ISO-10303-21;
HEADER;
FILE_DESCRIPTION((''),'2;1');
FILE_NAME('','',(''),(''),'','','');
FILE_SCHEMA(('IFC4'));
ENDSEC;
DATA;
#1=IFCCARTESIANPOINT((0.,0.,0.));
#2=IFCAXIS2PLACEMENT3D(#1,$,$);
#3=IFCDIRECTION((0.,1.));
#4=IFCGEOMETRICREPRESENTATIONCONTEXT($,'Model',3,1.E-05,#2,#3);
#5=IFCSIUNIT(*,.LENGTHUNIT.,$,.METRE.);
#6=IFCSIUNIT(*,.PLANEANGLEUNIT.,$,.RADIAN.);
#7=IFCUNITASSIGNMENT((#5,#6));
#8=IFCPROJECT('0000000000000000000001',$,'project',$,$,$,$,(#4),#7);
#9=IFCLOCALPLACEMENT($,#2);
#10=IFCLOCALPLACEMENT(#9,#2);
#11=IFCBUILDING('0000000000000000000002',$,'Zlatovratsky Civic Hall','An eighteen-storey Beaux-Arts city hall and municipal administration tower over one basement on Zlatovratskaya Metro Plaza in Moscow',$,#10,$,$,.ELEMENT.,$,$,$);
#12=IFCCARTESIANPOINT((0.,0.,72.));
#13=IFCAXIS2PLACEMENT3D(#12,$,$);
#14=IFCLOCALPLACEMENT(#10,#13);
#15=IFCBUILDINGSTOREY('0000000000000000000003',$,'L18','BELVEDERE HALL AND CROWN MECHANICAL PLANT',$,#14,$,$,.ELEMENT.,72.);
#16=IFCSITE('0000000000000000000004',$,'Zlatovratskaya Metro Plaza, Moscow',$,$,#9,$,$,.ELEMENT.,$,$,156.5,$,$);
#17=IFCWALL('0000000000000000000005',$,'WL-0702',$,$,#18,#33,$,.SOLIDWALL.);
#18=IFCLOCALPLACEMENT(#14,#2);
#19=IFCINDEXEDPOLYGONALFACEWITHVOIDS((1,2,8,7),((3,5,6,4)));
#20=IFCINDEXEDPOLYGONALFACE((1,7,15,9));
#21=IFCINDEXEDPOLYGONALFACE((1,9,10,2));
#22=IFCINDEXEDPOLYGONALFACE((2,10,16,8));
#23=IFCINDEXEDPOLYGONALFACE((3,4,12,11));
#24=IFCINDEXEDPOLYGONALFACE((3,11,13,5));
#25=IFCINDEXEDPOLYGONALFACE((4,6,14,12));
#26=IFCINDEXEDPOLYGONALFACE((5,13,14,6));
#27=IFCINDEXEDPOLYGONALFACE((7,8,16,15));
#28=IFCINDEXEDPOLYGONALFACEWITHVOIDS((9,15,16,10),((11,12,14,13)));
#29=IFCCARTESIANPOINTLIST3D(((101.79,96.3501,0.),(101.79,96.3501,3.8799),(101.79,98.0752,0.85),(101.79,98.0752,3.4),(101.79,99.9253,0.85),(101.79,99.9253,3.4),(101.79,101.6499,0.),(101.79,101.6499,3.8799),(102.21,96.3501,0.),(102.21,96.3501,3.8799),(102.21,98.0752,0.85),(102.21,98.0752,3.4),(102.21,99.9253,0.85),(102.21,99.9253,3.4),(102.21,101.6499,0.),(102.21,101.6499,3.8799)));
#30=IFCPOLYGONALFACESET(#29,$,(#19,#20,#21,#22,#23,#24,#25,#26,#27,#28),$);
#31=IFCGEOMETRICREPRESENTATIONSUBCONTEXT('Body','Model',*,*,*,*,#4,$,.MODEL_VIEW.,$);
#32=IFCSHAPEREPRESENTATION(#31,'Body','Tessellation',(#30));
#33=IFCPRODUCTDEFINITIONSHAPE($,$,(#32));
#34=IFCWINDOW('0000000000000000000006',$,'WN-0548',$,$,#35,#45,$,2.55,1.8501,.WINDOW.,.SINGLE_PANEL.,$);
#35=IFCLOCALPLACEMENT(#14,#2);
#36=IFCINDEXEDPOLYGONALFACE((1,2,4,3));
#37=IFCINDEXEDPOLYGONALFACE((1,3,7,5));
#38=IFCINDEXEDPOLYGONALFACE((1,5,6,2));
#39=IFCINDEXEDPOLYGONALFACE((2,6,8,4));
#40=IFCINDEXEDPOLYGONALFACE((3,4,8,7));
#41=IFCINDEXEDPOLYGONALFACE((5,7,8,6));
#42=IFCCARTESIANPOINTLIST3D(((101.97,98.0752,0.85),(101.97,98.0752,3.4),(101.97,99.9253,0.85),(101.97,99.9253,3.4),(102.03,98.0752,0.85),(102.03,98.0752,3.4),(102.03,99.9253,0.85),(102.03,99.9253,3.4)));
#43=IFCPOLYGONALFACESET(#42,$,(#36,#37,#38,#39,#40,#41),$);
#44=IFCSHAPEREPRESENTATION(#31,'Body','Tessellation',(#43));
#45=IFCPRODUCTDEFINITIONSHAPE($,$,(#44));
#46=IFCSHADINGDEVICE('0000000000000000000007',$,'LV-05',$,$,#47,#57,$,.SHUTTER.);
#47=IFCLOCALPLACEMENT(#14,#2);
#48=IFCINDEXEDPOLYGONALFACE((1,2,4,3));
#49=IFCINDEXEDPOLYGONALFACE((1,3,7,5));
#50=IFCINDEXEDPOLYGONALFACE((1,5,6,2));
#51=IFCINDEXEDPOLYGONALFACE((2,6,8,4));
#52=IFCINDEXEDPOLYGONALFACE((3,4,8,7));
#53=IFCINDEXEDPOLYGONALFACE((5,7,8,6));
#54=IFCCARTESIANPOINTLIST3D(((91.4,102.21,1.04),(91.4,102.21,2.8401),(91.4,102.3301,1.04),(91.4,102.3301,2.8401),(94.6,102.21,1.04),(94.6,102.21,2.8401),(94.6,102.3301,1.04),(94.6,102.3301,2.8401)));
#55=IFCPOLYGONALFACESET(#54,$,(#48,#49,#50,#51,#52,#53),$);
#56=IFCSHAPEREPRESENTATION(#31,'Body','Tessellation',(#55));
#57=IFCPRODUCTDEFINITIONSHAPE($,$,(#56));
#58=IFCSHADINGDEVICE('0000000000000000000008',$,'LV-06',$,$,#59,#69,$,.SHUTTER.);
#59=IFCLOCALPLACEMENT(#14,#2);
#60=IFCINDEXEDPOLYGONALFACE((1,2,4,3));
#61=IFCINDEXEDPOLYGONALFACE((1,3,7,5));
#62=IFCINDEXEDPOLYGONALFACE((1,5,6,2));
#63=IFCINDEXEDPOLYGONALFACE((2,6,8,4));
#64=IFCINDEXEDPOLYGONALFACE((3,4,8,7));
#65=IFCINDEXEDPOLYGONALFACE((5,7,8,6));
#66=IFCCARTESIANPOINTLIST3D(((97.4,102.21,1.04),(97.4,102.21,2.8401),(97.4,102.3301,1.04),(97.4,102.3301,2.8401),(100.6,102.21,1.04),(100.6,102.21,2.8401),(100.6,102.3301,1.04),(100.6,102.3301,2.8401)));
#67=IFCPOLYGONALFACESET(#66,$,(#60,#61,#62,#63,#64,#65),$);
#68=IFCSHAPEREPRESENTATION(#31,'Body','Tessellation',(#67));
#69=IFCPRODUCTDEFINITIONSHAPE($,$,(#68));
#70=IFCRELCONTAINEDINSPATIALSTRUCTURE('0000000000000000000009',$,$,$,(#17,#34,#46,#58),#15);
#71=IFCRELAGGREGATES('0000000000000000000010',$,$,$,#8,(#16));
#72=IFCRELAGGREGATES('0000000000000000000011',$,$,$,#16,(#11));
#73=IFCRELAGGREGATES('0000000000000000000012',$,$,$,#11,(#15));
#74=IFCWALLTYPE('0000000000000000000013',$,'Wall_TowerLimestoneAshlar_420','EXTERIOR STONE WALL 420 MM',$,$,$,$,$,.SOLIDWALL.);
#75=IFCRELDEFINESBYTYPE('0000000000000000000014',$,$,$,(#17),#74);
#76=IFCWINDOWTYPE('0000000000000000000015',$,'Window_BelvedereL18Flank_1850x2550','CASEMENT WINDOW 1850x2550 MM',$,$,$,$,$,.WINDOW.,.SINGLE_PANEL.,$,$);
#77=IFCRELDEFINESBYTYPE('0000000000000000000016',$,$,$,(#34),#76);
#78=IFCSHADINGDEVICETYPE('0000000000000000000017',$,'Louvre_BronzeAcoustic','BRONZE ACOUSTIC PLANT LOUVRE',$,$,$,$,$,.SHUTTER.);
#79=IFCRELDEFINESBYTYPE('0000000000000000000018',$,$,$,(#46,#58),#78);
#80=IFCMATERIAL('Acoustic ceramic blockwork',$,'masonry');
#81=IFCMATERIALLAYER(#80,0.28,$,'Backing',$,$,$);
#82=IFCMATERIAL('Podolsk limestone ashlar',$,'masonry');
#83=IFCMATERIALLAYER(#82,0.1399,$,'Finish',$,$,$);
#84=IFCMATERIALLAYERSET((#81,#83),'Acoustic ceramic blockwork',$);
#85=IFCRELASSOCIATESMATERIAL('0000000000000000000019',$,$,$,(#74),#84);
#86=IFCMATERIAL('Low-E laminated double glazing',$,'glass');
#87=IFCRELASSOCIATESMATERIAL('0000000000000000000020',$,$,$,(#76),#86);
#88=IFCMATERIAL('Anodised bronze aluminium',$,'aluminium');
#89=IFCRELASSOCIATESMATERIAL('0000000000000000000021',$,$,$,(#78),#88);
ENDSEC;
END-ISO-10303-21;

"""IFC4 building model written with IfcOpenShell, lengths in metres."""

from ifc_helpers import new_model, si_unit, direction, frame, frame_2d, origin, origin_2d, place, context, subcontext, project, spatial, rectangle, extrude, material, layer, layer_set, type_object, element, fill, save


model = new_model("IFC4")

# Units and contexts
model_context = context("Model", 3, precision=1e-05, world=origin(), true_north=direction((0.0, 1.0)))
body_context = subcontext(model_context, "Body", "Model", "MODEL_VIEW")
ifc_project = project(units=[si_unit("LENGTHUNIT", "METRE"), si_unit("PLANEANGLEUNIT", "RADIAN")], contexts=[model_context])

# Site, building, storey
site_placement = place(None, origin())
site = spatial("IfcSite", under=ifc_project, at=site_placement, Name="Zlatovratskaya Metro Plaza, Moscow", CompositionType="ELEMENT", RefElevation=156.5)
building_placement = place(site_placement, origin())
building = spatial("IfcBuilding", under=site, at=building_placement, Name="Zlatovratsky Civic Hall", Description="An eighteen-storey Beaux-Arts city hall and municipal administration tower over one basement on Zlatovratskaya Metro Plaza in Moscow", CompositionType="ELEMENT")
storey_placement = place(building_placement, frame((0.0, 0.0, 72.0)))
storey = spatial("IfcBuildingStorey", under=building, at=storey_placement, Name="L18", Description="BELVEDERE HALL AND CROWN MECHANICAL PLANT", CompositionType="ELEMENT", Elevation=72.0)

# Shared definitions
ifc_material_1 = material(Name="Acoustic ceramic blockwork", Category="masonry")

# Shared definitions
ifc_layer_1 = layer(ifc_material_1, 0.28, Name="Backing")
ifc_material_2 = material(Name="Podolsk limestone ashlar", Category="masonry")
ifc_layer_2 = layer(ifc_material_2, 0.1399, Name="Finish")
ifc_layer_set_1 = layer_set([ifc_layer_1, ifc_layer_2], Name="Acoustic ceramic blockwork")
wall_type_1 = type_object("IfcWallType", Name="Wall_TowerLimestoneAshlar_420", Description="EXTERIOR STONE WALL 420 MM", PredefinedType="SOLIDWALL", material=ifc_layer_set_1)

# Wall, opening, window
wall_1_placement = place(storey_placement, frame((102.0, 96.3501, 0.0), z_axis=(0.0, 0.0, 1.0), x_axis=(0.0, 1.0, 0.0)))
wall_1 = element("IfcWall", 1, at=wall_1_placement, inside=storey, type_object=wall_type_1, Name="WL-0702", PredefinedType="SOLIDWALL", context=body_context, shape_type="SweptSolid", body=[
    extrude(rectangle(XDim=5.2998, YDim=0.4199, at=frame_2d((2.6499, 0.0))), origin(), (0.0, 0.0, 1.0), 3.8799),
])
opening_1_placement = place(wall_1_placement, frame((1.7251, 0.0, 0.8501)))
opening_1 = element("IfcOpeningElement", 2, at=opening_1_placement, cuts=wall_1, PredefinedType="OPENING", context=body_context, shape_type="SweptSolid", body=[
    extrude(rectangle(XDim=1.8501, YDim=2.55, at=frame_2d((0.925, 1.2749))), frame((0.0, 0.2249, 0.0), z_axis=(0.0, -1.0, 0.0), x_axis=(1.0, 0.0, 0.0)), (0.0, 0.0, 1.0), 0.4497),
])
ifc_material_3 = material(Name="Low-E laminated double glazing", Category="glass")
window_type = type_object("IfcWindowType", Name="Window_BelvedereL18Flank_1850x2550", Description="CASEMENT WINDOW 1850x2550 MM", PartitioningType="SINGLE_PANEL", PredefinedType="WINDOW", material=ifc_material_3)
window_placement = place(opening_1_placement, origin())
window = element("IfcWindow", 3, at=window_placement, inside=storey, type_object=window_type, Name="WN-0548", OverallHeight=2.55, OverallWidth=1.8501, PartitioningType="SINGLE_PANEL", PredefinedType="WINDOW", context=body_context, shape_type="SweptSolid", body=[
    extrude(rectangle(XDim=1.8501, YDim=2.55, at=frame_2d((0.925, 1.2749))), frame((0.0, 0.03, 0.0), z_axis=(0.0, -1.0, 0.0), x_axis=(1.0, 0.0, 0.0)), (0.0, 0.0, 1.0), 0.0601),
])
fill(opening_1, window)

# Shading devices
ifc_material_4 = material(Name="Anodised bronze aluminium", Category="aluminium")
shading_device_type = type_object("IfcShadingDeviceType", Name="Louvre_BronzeAcoustic", Description="BRONZE ACOUSTIC PLANT LOUVRE", PredefinedType="SHUTTER", material=ifc_material_4)
for number, where, z_axis, x_axis, name in (
    (4, (93.0, 102.27, 1.04), (0.0, 0.0, 1.0), (1.0, 0.0, 0.0), "LV-05"),
    (5, (99.0, 102.27, 1.04), (0.0, 0.0, 1.0), (1.0, 0.0, 0.0), "LV-06"),
):
    element("IfcShadingDevice", number, at=place(storey_placement, frame(where, z_axis=z_axis, x_axis=x_axis)), inside=storey, type_object=shading_device_type, Name=name, PredefinedType="SHUTTER", context=body_context, shape_type="SweptSolid", body=[
        extrude(rectangle(XDim=3.2, YDim=0.1201, at=origin_2d()), origin(), (0.0, 0.0, 1.0), 1.8),
    ])

save(model, "model.ifc")
